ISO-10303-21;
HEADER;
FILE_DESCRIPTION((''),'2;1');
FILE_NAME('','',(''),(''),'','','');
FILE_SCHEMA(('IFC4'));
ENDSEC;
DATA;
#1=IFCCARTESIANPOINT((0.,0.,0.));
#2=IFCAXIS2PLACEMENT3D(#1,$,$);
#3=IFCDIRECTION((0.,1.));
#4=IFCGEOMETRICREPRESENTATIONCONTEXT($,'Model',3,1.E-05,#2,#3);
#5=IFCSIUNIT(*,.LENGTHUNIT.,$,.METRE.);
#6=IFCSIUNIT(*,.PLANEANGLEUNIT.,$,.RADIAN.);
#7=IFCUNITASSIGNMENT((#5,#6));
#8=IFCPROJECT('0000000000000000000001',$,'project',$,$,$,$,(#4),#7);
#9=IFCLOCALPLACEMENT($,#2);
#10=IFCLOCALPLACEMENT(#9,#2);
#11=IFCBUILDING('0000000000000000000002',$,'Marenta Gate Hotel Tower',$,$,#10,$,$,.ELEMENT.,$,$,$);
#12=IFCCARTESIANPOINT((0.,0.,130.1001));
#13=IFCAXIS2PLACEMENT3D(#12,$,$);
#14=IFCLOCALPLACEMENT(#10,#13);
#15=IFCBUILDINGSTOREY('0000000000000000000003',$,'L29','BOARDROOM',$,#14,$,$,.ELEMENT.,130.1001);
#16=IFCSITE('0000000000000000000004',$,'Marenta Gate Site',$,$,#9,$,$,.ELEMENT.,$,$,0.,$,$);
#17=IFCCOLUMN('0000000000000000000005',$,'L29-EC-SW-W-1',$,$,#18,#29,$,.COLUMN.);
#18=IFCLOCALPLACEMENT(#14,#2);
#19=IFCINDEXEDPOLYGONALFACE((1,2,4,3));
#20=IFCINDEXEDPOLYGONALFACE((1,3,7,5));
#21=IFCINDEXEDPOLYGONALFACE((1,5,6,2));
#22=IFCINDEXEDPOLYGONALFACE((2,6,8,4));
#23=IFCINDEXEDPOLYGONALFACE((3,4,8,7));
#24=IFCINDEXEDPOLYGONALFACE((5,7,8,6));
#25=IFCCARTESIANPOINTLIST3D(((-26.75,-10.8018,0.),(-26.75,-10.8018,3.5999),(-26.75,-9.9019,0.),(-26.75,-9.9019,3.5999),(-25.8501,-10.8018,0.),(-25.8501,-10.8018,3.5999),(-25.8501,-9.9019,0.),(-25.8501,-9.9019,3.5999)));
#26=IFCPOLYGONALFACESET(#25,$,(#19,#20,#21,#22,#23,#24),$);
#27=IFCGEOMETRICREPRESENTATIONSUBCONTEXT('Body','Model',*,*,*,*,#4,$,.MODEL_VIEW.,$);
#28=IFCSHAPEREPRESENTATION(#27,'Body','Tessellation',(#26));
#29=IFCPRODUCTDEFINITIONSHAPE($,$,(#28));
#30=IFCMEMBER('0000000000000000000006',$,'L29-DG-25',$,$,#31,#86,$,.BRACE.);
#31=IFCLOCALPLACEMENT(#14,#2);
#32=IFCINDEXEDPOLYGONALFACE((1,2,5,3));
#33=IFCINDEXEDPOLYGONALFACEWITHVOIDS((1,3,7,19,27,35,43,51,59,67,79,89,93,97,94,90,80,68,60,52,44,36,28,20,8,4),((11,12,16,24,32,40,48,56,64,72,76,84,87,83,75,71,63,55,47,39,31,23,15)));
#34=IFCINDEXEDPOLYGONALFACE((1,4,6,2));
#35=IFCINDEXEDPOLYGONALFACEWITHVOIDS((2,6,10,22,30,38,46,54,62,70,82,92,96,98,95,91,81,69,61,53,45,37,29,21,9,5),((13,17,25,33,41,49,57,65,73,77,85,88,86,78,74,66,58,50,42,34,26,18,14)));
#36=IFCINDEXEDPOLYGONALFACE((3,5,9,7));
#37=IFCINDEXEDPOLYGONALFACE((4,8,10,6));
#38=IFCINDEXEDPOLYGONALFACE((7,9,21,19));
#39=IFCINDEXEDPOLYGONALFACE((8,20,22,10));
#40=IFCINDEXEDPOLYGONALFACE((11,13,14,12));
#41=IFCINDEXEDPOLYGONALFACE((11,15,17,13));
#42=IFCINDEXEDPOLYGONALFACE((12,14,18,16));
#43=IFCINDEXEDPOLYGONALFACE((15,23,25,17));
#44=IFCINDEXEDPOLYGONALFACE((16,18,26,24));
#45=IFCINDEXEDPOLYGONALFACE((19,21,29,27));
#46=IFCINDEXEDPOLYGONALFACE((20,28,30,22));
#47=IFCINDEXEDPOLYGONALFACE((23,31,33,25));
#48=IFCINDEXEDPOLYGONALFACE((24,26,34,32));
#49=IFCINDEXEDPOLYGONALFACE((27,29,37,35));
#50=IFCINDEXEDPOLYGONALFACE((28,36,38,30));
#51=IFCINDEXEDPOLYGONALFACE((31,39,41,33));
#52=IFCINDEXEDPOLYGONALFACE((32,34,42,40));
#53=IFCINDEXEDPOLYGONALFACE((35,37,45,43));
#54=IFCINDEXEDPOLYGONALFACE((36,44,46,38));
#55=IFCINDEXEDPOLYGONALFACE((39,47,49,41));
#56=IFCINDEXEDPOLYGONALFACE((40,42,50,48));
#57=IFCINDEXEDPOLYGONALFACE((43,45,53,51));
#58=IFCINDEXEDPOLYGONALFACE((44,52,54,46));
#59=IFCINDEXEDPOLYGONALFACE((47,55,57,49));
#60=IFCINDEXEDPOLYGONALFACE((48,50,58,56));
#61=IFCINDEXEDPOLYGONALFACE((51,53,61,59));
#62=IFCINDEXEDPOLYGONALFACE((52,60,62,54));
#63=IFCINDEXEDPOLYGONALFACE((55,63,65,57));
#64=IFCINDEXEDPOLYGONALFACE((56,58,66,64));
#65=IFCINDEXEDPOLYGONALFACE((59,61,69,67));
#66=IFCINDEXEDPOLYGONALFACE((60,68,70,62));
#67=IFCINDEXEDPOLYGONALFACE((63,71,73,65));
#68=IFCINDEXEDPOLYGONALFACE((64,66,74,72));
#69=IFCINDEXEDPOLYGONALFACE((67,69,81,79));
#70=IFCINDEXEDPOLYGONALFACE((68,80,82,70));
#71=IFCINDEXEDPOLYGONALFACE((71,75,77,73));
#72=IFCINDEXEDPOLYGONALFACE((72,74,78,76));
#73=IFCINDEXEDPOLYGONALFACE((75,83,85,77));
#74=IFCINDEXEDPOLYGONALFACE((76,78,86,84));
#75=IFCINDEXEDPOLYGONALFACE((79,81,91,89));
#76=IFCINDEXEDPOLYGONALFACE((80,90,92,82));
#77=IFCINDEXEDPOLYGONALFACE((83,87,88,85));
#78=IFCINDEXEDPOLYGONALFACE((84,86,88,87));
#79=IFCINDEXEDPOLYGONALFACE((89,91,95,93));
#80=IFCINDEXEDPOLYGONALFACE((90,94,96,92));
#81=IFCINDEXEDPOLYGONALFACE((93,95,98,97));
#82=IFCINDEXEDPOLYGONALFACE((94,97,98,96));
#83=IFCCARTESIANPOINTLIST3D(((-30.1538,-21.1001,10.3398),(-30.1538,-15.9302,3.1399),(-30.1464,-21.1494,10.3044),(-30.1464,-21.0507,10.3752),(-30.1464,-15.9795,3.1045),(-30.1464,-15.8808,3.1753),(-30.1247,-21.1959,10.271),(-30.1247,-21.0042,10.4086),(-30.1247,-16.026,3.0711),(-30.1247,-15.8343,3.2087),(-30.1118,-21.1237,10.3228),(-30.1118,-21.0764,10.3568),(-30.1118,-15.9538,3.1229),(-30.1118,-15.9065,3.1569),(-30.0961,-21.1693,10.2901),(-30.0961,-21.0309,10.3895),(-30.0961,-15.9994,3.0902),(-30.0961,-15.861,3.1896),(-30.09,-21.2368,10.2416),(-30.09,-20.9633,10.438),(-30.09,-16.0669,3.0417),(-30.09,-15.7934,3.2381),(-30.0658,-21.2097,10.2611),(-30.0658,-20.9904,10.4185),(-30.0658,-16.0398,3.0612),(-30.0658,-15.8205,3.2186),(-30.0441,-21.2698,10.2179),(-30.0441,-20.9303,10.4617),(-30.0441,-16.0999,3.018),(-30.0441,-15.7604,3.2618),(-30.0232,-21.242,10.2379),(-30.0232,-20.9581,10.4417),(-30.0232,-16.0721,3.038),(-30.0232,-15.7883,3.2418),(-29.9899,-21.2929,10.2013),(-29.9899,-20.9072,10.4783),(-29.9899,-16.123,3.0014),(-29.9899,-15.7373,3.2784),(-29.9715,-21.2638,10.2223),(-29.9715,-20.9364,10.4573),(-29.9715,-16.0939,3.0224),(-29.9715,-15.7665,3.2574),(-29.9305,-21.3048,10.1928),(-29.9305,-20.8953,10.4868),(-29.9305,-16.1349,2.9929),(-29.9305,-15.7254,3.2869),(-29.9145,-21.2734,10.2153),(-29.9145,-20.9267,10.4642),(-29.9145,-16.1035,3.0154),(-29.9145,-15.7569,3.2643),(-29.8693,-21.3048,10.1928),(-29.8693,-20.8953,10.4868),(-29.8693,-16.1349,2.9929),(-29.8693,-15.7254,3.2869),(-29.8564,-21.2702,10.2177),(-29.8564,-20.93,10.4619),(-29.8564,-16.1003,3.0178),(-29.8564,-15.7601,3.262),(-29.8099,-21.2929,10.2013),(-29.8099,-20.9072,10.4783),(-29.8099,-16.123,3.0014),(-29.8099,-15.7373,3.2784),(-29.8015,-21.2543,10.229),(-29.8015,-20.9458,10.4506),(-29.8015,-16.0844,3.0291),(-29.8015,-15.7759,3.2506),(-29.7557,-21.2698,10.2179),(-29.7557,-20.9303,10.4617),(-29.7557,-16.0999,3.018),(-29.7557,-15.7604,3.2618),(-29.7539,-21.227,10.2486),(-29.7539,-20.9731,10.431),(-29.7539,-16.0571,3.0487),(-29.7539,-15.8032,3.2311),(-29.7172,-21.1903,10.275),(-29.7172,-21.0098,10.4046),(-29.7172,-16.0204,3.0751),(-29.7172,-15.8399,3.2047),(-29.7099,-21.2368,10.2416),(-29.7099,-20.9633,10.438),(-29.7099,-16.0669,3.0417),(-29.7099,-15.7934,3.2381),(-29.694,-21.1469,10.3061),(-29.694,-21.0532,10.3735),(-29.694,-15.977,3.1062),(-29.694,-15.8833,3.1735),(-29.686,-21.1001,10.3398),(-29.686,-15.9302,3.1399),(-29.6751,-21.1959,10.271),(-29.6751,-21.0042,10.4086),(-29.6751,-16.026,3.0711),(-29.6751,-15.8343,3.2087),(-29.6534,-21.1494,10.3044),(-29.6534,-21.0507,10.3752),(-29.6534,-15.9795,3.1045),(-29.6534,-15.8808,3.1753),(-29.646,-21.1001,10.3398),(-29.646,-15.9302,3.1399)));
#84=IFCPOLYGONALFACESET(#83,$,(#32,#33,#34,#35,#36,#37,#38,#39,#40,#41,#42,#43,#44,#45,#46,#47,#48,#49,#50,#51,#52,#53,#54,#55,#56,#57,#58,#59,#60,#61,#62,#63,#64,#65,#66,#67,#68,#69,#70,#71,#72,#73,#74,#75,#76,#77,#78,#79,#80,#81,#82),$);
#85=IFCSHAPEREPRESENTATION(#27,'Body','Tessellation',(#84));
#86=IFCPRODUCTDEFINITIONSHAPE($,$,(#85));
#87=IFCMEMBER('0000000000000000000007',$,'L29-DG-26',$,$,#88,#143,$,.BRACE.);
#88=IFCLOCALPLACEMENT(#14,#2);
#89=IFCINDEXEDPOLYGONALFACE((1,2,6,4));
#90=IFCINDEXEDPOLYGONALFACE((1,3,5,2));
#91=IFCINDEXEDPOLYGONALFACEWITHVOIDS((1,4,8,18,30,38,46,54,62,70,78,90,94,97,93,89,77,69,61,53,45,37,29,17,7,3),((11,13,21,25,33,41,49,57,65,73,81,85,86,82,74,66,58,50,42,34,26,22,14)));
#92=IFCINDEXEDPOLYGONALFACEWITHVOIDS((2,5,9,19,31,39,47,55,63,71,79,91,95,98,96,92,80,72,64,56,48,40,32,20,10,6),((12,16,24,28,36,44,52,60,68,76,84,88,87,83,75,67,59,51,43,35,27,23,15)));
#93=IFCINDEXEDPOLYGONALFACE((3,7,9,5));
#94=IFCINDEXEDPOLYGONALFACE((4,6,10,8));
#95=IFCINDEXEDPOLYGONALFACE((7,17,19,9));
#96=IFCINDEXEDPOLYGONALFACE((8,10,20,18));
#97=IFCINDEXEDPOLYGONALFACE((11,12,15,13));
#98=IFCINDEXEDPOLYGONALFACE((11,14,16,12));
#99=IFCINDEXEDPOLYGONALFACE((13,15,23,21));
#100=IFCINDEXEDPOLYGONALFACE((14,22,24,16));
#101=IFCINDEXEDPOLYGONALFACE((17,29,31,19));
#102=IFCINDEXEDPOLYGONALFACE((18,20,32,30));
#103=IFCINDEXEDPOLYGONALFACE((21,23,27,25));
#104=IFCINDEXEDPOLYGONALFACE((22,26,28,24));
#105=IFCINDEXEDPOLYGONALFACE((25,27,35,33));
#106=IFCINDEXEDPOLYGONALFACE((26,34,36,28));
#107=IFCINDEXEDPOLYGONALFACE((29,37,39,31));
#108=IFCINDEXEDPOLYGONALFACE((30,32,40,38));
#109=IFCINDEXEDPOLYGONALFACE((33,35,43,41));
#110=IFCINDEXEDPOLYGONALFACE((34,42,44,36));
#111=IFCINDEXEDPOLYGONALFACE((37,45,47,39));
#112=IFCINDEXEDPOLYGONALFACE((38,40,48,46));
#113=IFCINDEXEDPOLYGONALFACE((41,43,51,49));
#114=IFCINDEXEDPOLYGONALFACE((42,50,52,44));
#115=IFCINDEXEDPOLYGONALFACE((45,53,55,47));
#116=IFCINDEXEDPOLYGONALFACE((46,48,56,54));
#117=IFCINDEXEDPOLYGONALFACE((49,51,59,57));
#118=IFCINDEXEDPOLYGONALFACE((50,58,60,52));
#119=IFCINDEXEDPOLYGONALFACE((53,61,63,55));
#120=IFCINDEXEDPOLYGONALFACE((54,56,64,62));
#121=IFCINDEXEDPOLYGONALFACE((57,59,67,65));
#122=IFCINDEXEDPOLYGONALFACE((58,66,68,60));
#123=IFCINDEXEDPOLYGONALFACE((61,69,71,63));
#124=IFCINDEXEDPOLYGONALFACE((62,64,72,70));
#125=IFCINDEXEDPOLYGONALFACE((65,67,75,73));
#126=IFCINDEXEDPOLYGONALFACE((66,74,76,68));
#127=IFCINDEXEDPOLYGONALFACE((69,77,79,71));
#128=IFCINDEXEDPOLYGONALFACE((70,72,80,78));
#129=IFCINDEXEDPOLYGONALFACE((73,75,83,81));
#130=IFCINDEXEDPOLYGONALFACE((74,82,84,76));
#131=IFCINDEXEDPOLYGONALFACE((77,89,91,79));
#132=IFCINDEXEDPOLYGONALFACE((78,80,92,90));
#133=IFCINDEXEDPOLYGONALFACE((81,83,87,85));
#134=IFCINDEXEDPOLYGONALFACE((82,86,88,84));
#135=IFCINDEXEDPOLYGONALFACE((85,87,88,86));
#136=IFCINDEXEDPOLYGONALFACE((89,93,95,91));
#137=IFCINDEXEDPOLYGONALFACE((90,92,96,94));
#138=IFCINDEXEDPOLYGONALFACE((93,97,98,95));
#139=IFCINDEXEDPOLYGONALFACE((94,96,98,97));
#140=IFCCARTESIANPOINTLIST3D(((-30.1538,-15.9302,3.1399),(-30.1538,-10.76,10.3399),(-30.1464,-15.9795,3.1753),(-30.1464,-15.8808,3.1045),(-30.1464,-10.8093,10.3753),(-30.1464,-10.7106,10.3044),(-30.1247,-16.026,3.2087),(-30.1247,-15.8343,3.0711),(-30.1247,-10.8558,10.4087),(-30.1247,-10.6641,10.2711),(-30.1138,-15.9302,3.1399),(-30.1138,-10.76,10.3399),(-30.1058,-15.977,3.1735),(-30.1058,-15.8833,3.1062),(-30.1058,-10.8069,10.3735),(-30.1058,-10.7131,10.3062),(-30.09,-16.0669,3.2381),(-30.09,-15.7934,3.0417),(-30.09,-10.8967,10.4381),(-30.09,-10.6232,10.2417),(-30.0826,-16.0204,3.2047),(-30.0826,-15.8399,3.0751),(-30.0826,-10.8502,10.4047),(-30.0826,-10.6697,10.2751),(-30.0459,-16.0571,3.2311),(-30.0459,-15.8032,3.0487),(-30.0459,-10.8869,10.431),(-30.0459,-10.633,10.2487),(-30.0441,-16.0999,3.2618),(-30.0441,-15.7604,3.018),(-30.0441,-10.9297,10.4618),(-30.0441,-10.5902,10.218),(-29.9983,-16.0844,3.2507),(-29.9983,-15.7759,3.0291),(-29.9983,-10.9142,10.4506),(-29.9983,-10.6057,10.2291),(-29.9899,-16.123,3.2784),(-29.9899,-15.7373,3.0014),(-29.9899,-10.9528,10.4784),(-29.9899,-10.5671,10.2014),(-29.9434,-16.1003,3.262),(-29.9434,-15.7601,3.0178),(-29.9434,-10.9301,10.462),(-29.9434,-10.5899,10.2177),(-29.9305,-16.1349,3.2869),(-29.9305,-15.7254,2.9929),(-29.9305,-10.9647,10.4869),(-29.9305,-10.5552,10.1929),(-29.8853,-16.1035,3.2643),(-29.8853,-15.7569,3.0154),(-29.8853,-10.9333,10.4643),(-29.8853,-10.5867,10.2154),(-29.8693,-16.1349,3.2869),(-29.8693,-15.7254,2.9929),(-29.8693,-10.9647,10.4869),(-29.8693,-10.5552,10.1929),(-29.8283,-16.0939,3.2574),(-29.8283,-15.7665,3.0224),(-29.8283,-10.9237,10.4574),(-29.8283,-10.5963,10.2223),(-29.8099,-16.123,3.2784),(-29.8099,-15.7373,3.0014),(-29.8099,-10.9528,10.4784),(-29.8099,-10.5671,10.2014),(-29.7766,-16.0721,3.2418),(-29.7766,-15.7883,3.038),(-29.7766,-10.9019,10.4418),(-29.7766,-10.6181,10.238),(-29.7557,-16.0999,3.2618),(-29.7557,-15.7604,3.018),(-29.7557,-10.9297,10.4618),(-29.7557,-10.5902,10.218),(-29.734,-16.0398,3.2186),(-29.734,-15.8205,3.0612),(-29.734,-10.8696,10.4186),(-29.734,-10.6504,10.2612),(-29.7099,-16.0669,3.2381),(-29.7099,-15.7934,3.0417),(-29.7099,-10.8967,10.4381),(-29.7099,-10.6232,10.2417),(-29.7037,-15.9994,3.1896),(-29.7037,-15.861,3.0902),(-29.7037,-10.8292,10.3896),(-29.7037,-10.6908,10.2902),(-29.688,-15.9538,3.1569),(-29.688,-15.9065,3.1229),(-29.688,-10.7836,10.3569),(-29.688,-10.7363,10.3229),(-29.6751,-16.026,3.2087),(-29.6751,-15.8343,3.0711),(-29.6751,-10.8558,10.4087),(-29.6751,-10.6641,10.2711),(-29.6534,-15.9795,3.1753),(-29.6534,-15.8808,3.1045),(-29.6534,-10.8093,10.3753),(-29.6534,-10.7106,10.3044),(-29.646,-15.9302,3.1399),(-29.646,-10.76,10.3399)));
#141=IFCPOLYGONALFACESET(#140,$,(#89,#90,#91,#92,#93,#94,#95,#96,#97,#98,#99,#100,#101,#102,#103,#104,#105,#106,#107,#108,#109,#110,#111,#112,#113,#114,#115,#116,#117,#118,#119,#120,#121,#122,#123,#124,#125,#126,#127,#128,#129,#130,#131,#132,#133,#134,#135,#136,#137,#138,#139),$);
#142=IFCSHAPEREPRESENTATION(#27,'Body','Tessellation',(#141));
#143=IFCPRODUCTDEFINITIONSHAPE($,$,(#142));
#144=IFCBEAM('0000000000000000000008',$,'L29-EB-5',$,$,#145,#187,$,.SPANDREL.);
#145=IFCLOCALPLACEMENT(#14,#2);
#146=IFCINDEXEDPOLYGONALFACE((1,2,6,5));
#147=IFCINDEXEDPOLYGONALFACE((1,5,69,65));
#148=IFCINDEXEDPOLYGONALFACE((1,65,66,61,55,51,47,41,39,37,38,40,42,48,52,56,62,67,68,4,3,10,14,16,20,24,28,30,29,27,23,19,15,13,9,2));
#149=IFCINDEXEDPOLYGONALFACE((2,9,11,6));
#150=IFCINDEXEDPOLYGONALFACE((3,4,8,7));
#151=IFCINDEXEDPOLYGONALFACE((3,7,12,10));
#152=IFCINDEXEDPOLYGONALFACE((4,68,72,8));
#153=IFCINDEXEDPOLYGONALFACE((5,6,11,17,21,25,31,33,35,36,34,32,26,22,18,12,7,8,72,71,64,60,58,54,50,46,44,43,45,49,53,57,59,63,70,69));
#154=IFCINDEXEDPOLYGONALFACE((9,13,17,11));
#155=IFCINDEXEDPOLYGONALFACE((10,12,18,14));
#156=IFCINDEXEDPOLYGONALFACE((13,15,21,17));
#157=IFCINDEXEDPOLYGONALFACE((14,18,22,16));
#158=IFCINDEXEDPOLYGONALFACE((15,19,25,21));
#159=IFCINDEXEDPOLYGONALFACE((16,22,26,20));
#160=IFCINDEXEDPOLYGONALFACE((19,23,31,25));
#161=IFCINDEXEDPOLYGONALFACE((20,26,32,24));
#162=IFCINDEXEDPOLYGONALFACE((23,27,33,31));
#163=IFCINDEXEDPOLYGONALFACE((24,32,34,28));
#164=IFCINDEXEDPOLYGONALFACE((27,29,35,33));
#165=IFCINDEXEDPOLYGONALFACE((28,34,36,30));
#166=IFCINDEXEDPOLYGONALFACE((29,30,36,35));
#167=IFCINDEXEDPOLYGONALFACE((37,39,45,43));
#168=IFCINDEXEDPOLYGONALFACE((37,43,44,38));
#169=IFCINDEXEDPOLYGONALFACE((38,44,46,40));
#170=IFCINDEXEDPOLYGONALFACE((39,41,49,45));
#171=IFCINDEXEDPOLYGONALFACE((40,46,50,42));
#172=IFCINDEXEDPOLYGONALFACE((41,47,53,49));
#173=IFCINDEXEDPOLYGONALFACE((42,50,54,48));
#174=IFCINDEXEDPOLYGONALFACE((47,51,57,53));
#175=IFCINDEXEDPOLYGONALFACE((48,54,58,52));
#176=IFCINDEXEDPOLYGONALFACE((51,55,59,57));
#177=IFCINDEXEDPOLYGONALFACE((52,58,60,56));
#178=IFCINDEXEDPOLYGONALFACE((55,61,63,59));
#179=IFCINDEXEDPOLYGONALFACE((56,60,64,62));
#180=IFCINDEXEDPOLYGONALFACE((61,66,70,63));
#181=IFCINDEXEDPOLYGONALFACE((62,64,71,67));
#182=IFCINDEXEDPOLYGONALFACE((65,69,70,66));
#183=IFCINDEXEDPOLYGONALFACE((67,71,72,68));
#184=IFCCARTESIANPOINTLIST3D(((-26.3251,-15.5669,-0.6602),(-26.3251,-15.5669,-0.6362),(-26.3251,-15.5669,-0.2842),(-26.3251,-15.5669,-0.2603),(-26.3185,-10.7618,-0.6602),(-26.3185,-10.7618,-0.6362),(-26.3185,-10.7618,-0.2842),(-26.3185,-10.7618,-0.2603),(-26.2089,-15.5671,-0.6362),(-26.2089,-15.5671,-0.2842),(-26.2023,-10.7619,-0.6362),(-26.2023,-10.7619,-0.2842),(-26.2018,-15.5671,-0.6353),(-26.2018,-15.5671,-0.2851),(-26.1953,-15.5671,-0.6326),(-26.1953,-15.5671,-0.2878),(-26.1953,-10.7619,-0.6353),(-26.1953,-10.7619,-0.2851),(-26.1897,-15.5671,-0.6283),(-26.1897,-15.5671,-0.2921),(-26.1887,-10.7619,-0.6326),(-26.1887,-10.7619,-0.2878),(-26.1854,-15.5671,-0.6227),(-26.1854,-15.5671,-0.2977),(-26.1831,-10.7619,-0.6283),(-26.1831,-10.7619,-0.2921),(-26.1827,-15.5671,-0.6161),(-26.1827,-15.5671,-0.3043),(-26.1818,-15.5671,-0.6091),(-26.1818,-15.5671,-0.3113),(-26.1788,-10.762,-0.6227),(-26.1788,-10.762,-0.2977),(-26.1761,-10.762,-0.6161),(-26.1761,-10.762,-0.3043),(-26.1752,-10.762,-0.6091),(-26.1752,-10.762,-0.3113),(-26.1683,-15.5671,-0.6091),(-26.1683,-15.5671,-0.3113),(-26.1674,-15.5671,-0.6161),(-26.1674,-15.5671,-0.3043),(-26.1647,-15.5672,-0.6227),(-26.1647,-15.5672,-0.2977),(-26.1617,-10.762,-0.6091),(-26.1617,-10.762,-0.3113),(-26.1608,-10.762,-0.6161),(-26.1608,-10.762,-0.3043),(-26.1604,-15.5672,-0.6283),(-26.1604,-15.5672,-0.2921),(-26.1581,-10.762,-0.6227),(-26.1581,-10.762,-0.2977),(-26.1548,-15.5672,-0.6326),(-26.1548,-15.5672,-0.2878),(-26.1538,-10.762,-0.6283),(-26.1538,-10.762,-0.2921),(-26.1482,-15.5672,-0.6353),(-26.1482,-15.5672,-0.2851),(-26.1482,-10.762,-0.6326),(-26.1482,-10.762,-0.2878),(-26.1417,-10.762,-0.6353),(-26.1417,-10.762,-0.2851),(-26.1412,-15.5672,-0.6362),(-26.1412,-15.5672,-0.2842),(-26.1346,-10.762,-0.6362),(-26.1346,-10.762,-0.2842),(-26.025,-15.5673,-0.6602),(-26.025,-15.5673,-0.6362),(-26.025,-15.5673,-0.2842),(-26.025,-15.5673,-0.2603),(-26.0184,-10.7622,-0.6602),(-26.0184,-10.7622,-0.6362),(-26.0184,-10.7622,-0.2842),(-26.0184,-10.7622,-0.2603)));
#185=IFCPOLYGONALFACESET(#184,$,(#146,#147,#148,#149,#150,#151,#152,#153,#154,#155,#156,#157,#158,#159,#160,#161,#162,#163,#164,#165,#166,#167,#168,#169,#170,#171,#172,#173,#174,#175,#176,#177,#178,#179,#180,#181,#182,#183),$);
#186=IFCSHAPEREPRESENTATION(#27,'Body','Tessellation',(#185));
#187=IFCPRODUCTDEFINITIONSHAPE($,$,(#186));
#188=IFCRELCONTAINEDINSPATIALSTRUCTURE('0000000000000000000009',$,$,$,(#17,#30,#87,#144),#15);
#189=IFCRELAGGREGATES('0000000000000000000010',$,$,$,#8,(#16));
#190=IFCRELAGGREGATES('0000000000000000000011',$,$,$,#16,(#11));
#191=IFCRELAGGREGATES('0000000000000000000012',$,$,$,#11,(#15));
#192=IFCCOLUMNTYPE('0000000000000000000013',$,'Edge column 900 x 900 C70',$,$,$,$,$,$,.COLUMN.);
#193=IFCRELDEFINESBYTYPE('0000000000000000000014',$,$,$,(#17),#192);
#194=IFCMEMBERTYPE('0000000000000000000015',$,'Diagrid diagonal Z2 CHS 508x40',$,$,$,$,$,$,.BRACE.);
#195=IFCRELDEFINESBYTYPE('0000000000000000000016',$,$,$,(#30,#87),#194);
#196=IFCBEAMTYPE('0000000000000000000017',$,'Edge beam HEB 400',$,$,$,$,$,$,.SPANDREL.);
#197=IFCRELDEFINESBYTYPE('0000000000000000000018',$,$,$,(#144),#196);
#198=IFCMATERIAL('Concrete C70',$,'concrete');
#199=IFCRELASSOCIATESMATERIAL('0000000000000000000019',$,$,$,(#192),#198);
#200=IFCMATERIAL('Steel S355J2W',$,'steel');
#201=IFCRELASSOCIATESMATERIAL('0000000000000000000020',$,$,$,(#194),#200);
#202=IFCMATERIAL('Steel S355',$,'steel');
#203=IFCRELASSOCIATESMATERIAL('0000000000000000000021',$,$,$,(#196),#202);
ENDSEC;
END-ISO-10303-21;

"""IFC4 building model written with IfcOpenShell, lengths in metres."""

from ifc_helpers import new_model, si_unit, direction, frame, origin, origin_2d, place, context, subcontext, project, spatial, rectangle, hollow_circle, i_section, extrude, material, material_profile, profile_set, type_object, element, save


model = new_model("IFC4")

# Units and contexts
model_context = context("Model", 3, precision=1e-05, world=origin(), true_north=direction((0.0, 1.0)))
body_context = subcontext(model_context, "Body", "Model", "MODEL_VIEW")
ifc_project = project(units=[si_unit("LENGTHUNIT", "METRE"), si_unit("PLANEANGLEUNIT", "RADIAN")], contexts=[model_context])

# Site, building, storey
site_placement = place(None, origin())
site = spatial("IfcSite", under=ifc_project, at=site_placement, Name="Marenta Gate Site", CompositionType="ELEMENT", RefElevation=0.0)
building_placement = place(site_placement, origin())
building = spatial("IfcBuilding", under=site, at=building_placement, Name="Marenta Gate Hotel Tower", CompositionType="ELEMENT")
storey_placement = place(building_placement, frame((0.0, 0.0, 130.1001)))
storey = spatial("IfcBuildingStorey", under=building, at=storey_placement, Name="L29", Description="BOARDROOM", CompositionType="ELEMENT", Elevation=130.1001)

# Column
ifc_material_1 = material(Name="Concrete C70", Category="concrete")
ifc_material_profile_1 = material_profile(ifc_material_1, rectangle(XDim=0.8999, YDim=0.8999, at=origin_2d()), Name="900 x 900")
ifc_profile_set_1 = profile_set([ifc_material_profile_1], Name="Concrete C70")
column_type = type_object("IfcColumnType", Name="Edge column 900 x 900 C70", PredefinedType="COLUMN", material=ifc_profile_set_1)
column_placement = place(storey_placement, frame((-26.3, -10.3518, 0.0), z_axis=(0.0, 0.0, 1.0), x_axis=(1.0, 0.0, 0.0)))
element("IfcColumn", 1, at=column_placement, inside=storey, type_object=column_type, Name="L29-EC-SW-W-1", PredefinedType="COLUMN", context=body_context, shape_type="SweptSolid", body=[
    extrude(rectangle(XDim=0.8999, YDim=0.8999, at=origin_2d()), origin(), (0.0, 0.0, 1.0), 3.5999),
])

# Members
ifc_material_2 = material(Name="Steel S355J2W", Category="steel")
ifc_material_profile_2 = material_profile(ifc_material_2, hollow_circle(Radius=0.2539, WallThickness=0.04, at=origin_2d()), Name="CHS 508x40")
ifc_profile_set_2 = profile_set([ifc_material_profile_2], Name="Steel S355J2W")
member_type_1 = type_object("IfcMemberType", Name="Diagrid diagonal Z2 CHS 508x40", PredefinedType="BRACE", material=ifc_profile_set_2)
member_1_placement = place(storey_placement, frame((-29.8999, -15.9302, 3.1399), z_axis=(0.0, -0.583261, 0.812285), x_axis=(1.0, 0.0, 0.0)))
element("IfcMember", 2, at=member_1_placement, inside=storey, type_object=member_type_1, Name="L29-DG-25", PredefinedType="BRACE", context=body_context, shape_type="SweptSolid", body=[
    extrude(hollow_circle(Radius=0.2539, WallThickness=0.04, at=origin_2d()), origin(), (0.0, 0.0, 1.0), 8.8638),
])
member_2_placement = place(storey_placement, frame((-29.8999, -15.9302, 3.1399), z_axis=(0.0, 0.583279, 0.812272), x_axis=(-1.0, 0.0, 0.0)))
element("IfcMember", 3, at=member_2_placement, inside=storey, type_object=member_type_1, Name="L29-DG-26", PredefinedType="BRACE", context=body_context, shape_type="SweptSolid", body=[
    extrude(hollow_circle(Radius=0.2539, WallThickness=0.04, at=origin_2d()), origin(), (0.0, 0.0, 1.0), 8.864),
])

# Beam
ifc_material_3 = material(Name="Steel S355", Category="steel")
ifc_material_profile_3 = material_profile(ifc_material_3, i_section(OverallWidth=0.3, OverallDepth=0.3999, WebThickness=0.0134, FlangeThickness=0.0239, FilletRadius=0.0271, at=origin_2d()), Name="HEB 400")
ifc_profile_set_3 = profile_set([ifc_material_profile_3], Name="Steel S355")
beam_type = type_object("IfcBeamType", Name="Edge beam HEB 400", PredefinedType="SPANDREL", material=ifc_profile_set_3)
beam_1_placement = place(storey_placement, frame((-26.175, -15.5671, -0.4602), z_axis=(0.001372, 0.999999, 0.0), x_axis=(-0.999999, 0.001372, 0.0)))
element("IfcBeam", 4, at=beam_1_placement, inside=storey, type_object=beam_type, Name="L29-EB-5", PredefinedType="SPANDREL", context=body_context, shape_type="SweptSolid", body=[
    extrude(i_section(OverallWidth=0.3, OverallDepth=0.3999, WebThickness=0.0134, FlangeThickness=0.0239, FilletRadius=0.0271, at=origin_2d()), origin(), (0.0, 0.0, 1.0), 4.8052),
])

save(model, "model.ifc")
